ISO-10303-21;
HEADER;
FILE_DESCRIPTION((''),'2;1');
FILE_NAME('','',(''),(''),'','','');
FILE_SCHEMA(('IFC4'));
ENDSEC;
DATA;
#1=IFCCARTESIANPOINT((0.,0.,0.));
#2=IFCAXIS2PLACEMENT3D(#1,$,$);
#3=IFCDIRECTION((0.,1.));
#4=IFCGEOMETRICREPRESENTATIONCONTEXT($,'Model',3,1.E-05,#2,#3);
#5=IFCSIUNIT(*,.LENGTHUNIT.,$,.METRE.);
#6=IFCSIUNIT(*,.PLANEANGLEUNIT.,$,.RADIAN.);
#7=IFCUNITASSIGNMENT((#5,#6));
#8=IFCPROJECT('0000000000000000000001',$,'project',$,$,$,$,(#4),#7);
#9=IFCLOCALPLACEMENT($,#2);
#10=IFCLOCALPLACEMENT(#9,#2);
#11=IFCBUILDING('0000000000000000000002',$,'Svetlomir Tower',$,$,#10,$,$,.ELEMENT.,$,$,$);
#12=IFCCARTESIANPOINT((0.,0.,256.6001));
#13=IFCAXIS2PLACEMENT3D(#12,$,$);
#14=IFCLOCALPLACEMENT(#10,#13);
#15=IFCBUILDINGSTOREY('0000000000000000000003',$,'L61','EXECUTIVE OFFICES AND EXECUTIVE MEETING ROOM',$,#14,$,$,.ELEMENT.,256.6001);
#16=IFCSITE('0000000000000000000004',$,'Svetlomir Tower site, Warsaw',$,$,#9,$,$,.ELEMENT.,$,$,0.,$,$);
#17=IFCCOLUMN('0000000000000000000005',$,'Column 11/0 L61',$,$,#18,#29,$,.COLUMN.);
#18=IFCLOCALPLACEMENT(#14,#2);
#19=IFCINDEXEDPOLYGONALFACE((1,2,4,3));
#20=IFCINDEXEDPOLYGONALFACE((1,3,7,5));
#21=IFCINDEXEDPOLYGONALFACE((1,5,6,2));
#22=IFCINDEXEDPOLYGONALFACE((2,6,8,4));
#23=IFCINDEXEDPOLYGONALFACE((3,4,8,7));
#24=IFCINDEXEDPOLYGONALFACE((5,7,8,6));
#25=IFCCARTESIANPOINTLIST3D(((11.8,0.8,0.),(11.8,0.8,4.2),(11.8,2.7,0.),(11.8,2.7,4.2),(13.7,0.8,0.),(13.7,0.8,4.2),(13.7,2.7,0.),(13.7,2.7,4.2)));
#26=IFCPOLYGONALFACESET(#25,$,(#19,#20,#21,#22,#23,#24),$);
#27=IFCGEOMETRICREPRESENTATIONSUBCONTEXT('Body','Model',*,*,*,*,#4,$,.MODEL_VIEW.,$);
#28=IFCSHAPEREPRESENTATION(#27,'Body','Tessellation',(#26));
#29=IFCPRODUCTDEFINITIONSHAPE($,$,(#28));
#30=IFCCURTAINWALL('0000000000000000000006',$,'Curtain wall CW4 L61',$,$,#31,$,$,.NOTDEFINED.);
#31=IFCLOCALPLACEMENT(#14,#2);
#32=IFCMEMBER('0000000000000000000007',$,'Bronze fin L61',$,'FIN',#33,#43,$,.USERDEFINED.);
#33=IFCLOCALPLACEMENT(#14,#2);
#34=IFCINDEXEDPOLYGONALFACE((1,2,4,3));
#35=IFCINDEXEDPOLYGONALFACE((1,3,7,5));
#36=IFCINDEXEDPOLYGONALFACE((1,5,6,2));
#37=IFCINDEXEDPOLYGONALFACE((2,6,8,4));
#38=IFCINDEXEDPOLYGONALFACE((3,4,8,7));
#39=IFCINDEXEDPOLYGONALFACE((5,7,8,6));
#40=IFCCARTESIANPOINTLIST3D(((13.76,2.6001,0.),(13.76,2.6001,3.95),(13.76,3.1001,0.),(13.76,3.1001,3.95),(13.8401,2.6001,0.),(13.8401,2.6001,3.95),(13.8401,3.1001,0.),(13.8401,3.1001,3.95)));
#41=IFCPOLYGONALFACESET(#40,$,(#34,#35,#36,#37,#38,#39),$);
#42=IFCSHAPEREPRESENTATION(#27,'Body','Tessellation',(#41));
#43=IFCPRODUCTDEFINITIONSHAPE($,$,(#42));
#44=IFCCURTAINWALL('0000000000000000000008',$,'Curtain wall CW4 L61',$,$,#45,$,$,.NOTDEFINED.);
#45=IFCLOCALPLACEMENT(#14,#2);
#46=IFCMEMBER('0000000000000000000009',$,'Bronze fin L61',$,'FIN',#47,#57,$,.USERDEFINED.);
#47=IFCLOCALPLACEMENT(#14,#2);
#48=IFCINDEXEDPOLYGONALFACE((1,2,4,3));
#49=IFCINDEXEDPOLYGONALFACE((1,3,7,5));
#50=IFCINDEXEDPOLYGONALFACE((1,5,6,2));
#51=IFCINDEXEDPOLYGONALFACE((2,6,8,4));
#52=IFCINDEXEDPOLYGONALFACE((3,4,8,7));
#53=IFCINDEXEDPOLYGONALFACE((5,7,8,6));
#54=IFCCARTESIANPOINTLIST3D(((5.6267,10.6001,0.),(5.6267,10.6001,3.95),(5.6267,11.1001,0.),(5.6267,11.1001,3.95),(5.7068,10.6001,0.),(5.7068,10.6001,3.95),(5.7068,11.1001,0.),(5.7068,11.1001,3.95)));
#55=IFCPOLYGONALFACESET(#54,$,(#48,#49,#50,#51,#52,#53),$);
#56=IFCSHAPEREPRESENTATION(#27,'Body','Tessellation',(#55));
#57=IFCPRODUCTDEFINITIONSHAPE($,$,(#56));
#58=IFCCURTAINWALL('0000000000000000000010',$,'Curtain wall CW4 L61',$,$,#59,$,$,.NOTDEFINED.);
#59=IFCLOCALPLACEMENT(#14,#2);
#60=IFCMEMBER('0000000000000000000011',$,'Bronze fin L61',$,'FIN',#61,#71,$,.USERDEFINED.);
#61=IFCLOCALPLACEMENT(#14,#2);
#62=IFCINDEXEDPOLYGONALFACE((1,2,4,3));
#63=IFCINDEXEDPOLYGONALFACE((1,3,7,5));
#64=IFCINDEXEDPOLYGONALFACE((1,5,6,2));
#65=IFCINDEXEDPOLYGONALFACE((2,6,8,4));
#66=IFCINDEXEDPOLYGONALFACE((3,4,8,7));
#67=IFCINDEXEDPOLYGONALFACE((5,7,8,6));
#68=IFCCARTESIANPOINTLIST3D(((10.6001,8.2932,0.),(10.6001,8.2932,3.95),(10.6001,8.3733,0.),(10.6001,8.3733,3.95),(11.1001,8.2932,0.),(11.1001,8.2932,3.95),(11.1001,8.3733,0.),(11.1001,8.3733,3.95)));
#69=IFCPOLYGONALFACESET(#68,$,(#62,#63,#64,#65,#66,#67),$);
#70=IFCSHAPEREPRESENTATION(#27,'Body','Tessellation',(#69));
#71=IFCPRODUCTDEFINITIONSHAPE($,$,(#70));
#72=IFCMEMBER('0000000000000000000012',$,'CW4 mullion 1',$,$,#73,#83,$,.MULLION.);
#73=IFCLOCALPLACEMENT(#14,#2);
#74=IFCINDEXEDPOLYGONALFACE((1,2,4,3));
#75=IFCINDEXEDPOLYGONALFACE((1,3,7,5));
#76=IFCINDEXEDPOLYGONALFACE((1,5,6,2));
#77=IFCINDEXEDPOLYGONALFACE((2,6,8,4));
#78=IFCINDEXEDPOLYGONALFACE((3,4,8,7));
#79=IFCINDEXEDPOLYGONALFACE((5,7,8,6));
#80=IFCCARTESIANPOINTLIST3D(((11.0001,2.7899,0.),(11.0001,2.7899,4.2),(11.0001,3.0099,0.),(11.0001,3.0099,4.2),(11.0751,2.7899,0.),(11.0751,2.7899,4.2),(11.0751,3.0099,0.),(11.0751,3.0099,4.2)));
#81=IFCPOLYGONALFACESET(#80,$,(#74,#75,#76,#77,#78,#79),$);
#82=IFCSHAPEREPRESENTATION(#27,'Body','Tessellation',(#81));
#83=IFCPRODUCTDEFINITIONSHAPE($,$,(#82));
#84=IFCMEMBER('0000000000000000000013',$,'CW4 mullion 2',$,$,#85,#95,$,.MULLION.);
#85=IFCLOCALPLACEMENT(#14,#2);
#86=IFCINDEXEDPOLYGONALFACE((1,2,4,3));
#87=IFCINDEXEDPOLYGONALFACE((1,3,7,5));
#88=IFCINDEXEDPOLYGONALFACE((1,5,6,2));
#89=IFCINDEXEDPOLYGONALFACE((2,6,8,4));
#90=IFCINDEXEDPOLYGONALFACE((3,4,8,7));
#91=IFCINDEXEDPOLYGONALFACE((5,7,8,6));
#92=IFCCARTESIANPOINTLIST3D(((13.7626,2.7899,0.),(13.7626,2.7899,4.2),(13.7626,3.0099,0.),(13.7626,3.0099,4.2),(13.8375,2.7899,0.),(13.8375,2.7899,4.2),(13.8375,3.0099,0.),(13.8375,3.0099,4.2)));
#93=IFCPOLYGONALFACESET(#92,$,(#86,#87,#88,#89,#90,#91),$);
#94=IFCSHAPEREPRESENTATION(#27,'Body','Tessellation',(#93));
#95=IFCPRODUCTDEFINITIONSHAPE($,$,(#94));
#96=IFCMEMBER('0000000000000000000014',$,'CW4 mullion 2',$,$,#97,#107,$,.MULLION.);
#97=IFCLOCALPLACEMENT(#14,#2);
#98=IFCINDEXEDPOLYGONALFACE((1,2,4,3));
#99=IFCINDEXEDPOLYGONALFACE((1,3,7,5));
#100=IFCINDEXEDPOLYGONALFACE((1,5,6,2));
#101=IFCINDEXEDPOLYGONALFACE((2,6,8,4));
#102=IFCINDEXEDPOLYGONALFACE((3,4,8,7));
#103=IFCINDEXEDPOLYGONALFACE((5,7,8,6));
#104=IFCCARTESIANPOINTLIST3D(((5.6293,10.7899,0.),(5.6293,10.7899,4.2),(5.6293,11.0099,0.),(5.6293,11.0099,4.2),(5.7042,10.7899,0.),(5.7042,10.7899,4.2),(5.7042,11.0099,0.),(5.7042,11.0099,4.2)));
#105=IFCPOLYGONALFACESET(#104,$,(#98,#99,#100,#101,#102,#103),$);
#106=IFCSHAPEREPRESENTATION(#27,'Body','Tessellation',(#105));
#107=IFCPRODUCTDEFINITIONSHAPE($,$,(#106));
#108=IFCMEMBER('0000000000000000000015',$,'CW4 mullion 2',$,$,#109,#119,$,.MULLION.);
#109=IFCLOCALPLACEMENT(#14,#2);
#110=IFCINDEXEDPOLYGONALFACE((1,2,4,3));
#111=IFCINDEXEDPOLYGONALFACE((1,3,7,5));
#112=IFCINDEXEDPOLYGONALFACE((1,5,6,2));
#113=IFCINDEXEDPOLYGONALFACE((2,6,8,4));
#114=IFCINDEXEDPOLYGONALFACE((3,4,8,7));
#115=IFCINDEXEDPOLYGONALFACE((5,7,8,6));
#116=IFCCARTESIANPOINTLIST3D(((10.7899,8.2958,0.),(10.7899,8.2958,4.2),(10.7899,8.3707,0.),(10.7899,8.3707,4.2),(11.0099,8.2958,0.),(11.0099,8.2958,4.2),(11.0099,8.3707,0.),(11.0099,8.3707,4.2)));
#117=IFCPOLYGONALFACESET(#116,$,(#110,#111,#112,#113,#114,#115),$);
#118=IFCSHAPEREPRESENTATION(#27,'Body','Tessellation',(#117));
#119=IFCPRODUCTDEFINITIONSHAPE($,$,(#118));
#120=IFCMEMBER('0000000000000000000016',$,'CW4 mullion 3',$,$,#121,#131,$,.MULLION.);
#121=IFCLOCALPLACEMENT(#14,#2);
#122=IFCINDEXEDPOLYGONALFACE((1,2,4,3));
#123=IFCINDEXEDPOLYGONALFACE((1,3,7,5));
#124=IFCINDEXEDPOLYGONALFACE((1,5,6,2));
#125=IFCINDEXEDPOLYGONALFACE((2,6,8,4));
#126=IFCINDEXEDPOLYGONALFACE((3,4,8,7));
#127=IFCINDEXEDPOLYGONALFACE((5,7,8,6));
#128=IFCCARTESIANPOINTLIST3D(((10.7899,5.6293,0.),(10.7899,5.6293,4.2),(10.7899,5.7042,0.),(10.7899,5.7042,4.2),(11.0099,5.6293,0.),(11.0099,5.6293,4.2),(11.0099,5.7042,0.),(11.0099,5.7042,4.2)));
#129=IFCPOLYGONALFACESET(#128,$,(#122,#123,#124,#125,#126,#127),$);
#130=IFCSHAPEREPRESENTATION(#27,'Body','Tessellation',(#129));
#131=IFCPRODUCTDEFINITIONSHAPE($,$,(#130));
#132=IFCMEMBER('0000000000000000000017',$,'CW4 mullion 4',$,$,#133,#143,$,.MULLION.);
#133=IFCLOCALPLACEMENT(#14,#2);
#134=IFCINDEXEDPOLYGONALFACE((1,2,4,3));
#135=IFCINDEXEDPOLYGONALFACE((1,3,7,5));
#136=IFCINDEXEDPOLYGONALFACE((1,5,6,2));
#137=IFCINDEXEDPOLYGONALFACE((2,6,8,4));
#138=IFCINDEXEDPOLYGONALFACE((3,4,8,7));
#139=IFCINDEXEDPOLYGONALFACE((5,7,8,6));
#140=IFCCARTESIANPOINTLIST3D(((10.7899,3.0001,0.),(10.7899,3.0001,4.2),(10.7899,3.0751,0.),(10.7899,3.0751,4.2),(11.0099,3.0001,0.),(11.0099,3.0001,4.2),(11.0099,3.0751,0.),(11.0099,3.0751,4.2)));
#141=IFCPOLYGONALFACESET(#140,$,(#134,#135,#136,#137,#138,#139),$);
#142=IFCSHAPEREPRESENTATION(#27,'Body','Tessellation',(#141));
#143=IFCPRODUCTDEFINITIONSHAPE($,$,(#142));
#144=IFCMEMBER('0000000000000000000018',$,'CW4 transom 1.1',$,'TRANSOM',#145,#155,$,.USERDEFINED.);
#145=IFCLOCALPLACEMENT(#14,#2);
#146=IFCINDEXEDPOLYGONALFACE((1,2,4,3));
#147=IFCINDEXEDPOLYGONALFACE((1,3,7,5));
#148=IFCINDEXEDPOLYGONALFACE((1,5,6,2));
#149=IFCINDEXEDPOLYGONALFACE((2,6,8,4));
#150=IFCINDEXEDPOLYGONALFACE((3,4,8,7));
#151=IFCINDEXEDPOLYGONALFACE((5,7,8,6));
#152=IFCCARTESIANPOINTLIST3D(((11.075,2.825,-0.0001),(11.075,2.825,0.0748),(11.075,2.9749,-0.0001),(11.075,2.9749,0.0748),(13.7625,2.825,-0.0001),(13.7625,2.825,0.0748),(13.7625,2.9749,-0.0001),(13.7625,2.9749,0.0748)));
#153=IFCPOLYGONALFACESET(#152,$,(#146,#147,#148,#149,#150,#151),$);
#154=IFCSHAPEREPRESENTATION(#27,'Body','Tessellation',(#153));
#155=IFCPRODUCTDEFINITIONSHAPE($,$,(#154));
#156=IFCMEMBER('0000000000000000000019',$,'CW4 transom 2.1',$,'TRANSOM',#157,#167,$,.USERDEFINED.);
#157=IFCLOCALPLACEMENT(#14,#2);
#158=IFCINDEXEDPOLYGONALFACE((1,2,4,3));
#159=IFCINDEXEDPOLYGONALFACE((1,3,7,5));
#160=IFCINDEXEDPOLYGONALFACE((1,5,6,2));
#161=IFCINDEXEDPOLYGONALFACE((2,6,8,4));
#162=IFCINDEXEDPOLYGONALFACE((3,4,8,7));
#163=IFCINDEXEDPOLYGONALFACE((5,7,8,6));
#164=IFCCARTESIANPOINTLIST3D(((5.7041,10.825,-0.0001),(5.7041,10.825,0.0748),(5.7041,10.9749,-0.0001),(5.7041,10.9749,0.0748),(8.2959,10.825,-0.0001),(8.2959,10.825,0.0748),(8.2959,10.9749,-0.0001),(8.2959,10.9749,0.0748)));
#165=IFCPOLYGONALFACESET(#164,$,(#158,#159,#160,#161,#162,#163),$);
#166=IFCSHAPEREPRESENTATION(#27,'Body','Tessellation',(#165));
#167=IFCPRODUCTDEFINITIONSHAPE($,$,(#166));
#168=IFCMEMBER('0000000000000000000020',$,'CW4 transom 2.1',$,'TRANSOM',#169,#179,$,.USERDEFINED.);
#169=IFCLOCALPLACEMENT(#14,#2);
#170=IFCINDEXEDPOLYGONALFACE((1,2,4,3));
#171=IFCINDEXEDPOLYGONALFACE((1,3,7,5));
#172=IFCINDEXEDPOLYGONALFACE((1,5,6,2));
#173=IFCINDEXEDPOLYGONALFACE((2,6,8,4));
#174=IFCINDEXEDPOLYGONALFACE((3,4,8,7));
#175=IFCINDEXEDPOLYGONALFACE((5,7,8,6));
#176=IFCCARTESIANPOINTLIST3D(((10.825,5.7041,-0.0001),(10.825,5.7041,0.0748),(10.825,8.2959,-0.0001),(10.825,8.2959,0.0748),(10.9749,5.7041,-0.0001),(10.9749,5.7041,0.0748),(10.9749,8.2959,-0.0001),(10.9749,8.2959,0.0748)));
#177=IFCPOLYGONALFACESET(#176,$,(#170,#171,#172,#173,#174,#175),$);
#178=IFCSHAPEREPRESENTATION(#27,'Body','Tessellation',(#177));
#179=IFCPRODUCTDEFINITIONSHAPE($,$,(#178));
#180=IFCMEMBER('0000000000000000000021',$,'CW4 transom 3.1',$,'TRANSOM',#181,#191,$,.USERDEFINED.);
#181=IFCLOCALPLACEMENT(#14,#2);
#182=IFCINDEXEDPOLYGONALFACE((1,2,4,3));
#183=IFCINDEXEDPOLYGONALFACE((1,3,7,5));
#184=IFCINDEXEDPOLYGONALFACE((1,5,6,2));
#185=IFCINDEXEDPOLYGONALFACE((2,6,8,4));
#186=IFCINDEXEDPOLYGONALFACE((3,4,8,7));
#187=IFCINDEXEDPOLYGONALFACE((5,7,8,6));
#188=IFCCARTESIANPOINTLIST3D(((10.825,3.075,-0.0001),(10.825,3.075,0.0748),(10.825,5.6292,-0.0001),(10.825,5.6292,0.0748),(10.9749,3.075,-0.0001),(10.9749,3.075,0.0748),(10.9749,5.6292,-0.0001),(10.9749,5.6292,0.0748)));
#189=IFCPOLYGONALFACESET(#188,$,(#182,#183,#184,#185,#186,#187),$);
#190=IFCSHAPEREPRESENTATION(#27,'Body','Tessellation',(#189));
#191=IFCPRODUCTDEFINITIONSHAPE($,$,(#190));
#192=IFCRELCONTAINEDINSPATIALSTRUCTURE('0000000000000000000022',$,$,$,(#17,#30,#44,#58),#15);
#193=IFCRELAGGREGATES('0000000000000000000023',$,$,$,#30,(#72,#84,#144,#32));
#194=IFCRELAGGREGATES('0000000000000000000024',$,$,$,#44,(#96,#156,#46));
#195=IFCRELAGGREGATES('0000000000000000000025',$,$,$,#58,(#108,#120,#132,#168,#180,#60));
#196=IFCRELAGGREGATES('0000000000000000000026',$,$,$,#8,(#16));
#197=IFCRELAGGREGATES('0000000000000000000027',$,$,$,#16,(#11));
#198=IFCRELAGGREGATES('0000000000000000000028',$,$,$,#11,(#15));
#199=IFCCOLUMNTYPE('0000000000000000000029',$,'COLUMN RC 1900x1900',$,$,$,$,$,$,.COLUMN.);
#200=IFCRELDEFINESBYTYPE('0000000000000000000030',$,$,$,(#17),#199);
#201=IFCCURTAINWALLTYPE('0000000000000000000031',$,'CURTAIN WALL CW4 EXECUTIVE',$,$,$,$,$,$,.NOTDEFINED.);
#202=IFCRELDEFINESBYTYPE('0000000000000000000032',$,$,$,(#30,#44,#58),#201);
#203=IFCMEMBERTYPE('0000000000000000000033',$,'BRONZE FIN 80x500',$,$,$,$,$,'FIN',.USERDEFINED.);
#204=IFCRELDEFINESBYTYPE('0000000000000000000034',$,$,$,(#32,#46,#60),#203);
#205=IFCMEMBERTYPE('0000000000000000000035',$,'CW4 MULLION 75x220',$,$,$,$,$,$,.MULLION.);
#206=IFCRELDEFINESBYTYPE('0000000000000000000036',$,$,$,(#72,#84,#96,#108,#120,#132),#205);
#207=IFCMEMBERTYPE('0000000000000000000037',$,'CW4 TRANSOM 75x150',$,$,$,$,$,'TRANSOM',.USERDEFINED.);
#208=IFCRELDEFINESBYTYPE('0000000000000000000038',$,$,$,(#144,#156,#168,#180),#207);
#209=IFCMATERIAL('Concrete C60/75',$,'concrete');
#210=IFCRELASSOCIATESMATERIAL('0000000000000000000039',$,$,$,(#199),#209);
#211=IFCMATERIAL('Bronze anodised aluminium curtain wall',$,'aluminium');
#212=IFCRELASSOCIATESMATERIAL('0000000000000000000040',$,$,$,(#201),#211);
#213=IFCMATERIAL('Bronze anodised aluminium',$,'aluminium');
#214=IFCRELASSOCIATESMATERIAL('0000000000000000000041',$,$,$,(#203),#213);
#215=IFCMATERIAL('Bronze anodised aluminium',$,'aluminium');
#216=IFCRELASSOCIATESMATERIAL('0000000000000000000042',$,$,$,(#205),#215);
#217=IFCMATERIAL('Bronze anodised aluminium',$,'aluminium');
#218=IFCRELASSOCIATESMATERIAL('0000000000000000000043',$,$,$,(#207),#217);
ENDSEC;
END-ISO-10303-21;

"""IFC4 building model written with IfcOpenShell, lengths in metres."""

from ifc_helpers import new_model, si_unit, direction, frame, origin, origin_2d, place, context, subcontext, project, spatial, rectangle, extrude, material, material_profile, profile_set, type_object, element, aggregate, save


model = new_model("IFC4")

# Units and contexts
model_context = context("Model", 3, precision=1e-05, world=origin(), true_north=direction((0.0, 1.0)))
body_context = subcontext(model_context, "Body", "Model", "MODEL_VIEW")
ifc_project = project(units=[si_unit("LENGTHUNIT", "METRE"), si_unit("PLANEANGLEUNIT", "RADIAN")], contexts=[model_context])

# Site, building, storey
site_placement = place(None, origin())
site = spatial("IfcSite", under=ifc_project, at=site_placement, Name="Svetlomir Tower site, Warsaw", CompositionType="ELEMENT", RefElevation=0.0)
building_placement = place(site_placement, origin())
building = spatial("IfcBuilding", under=site, at=building_placement, Name="Svetlomir Tower", CompositionType="ELEMENT")
storey_placement = place(building_placement, frame((0.0, 0.0, 256.6001)))
storey = spatial("IfcBuildingStorey", under=building, at=storey_placement, Name="L61", Description="EXECUTIVE OFFICES AND EXECUTIVE MEETING ROOM", CompositionType="ELEMENT", Elevation=256.6001)

# Column
ifc_material_1 = material(Name="Concrete C60/75", Category="concrete")
ifc_material_profile_1 = material_profile(ifc_material_1, rectangle(XDim=1.8999, YDim=1.8999, at=origin_2d()), Name="RC 1900x1900")
ifc_profile_set_1 = profile_set([ifc_material_profile_1], Name="Concrete C60/75")
column_type = type_object("IfcColumnType", Name="COLUMN RC 1900x1900", PredefinedType="COLUMN", material=ifc_profile_set_1)
column_placement = place(storey_placement, frame((12.75, 1.75, 0.0), z_axis=(0.0, 0.0, 1.0), x_axis=(1.0, 0.0, 0.0)))
element("IfcColumn", 1, at=column_placement, inside=storey, type_object=column_type, Name="Column 11/0 L61", PredefinedType="COLUMN", context=body_context, shape_type="SweptSolid", body=[
    extrude(rectangle(XDim=1.8999, YDim=1.8999, at=origin_2d()), origin(), (0.0, 0.0, 1.0), 4.2),
])

# Curtain walls, members
ifc_material_2 = material(Name="Bronze anodised aluminium curtain wall", Category="aluminium")
curtain_wall_type = type_object("IfcCurtainWallType", Name="CURTAIN WALL CW4 EXECUTIVE", PredefinedType="NOTDEFINED", material=ifc_material_2)
curtain_wall_1_placement = place(storey_placement, origin())
curtain_wall_1 = element("IfcCurtainWall", 2, at=curtain_wall_1_placement, inside=storey, type_object=curtain_wall_type, Name="Curtain wall CW4 L61", PredefinedType="NOTDEFINED")
ifc_material_3 = material(Name="Bronze anodised aluminium", Category="aluminium")
ifc_material_profile_2 = material_profile(ifc_material_3, rectangle(XDim=0.0801, YDim=0.5, at=origin_2d()), Name="FIN 80x500")
ifc_profile_set_2 = profile_set([ifc_material_profile_2], Name="Bronze anodised aluminium 6063-T6")
member_type_1 = type_object("IfcMemberType", Name="BRONZE FIN 80x500", ElementType="FIN", PredefinedType="USERDEFINED", material=ifc_profile_set_2)
member_1_placement = place(storey_placement, frame((13.8, 2.8501, 0.0), z_axis=(0.0, 0.0, 1.0), x_axis=(1.0, 0.0, 0.0)))
member_1 = element("IfcMember", 3, at=member_1_placement, type_object=member_type_1, Name="Bronze fin L61", ObjectType="FIN", PredefinedType="USERDEFINED", context=body_context, shape_type="SweptSolid", body=[
    extrude(rectangle(XDim=0.0801, YDim=0.5, at=origin_2d()), origin(), (0.0, 0.0, 1.0), 3.95),
])
curtain_wall_2_placement = place(storey_placement, origin())
curtain_wall_2 = element("IfcCurtainWall", 4, at=curtain_wall_2_placement, inside=storey, type_object=curtain_wall_type, Name="Curtain wall CW4 L61", PredefinedType="NOTDEFINED")
member_2_placement = place(storey_placement, frame((5.6667, 10.8501, 0.0), z_axis=(0.0, 0.0, 1.0), x_axis=(1.0, 0.0, 0.0)))
member_2 = element("IfcMember", 5, at=member_2_placement, type_object=member_type_1, Name="Bronze fin L61", ObjectType="FIN", PredefinedType="USERDEFINED", context=body_context, shape_type="SweptSolid", body=[
    extrude(rectangle(XDim=0.0801, YDim=0.5, at=origin_2d()), origin(), (0.0, 0.0, 1.0), 3.95),
])
curtain_wall_3_placement = place(storey_placement, origin())
curtain_wall_3 = element("IfcCurtainWall", 6, at=curtain_wall_3_placement, inside=storey, type_object=curtain_wall_type, Name="Curtain wall CW4 L61", PredefinedType="NOTDEFINED")
member_3_placement = place(storey_placement, frame((10.8501, 8.3333, 0.0), z_axis=(0.0, 0.0, 1.0), x_axis=(0.0, 1.0, 0.0)))
member_3 = element("IfcMember", 7, at=member_3_placement, type_object=member_type_1, Name="Bronze fin L61", ObjectType="FIN", PredefinedType="USERDEFINED", context=body_context, shape_type="SweptSolid", body=[
    extrude(rectangle(XDim=0.0801, YDim=0.5, at=origin_2d()), origin(), (0.0, 0.0, 1.0), 3.95),
])

# Members
ifc_material_4 = material(Name="Bronze anodised aluminium", Category="aluminium")
ifc_material_profile_3 = material_profile(ifc_material_4, rectangle(XDim=0.075, YDim=0.22, at=origin_2d()), Name="AL 75x220")
ifc_profile_set_3 = profile_set([ifc_material_profile_3], Name="Bronze anodised aluminium 6063-T6")
member_type_2 = type_object("IfcMemberType", Name="CW4 MULLION 75x220", PredefinedType="MULLION", material=ifc_profile_set_3)
member_4_placement = place(storey_placement, frame((11.0376, 2.8999, 0.0), z_axis=(0.0, 0.0, 1.0), x_axis=(1.0, 0.0, 0.0)))
member_4 = element("IfcMember", 8, at=member_4_placement, type_object=member_type_2, Name="CW4 mullion 1", PredefinedType="MULLION", context=body_context, shape_type="SweptSolid", body=[
    extrude(rectangle(XDim=0.075, YDim=0.22, at=origin_2d()), origin(), (0.0, 0.0, 1.0), 4.2),
])
member_5_placement = place(storey_placement, frame((13.8, 2.8999, 0.0), z_axis=(0.0, 0.0, 1.0), x_axis=(1.0, 0.0, 0.0)))
member_5 = element("IfcMember", 9, at=member_5_placement, type_object=member_type_2, Name="CW4 mullion 2", PredefinedType="MULLION", context=body_context, shape_type="SweptSolid", body=[
    extrude(rectangle(XDim=0.075, YDim=0.22, at=origin_2d()), origin(), (0.0, 0.0, 1.0), 4.2),
])
member_6_placement = place(storey_placement, frame((5.6667, 10.8999, 0.0), z_axis=(0.0, 0.0, 1.0), x_axis=(1.0, 0.0, 0.0)))
member_6 = element("IfcMember", 10, at=member_6_placement, type_object=member_type_2, Name="CW4 mullion 2", PredefinedType="MULLION", context=body_context, shape_type="SweptSolid", body=[
    extrude(rectangle(XDim=0.075, YDim=0.22, at=origin_2d()), origin(), (0.0, 0.0, 1.0), 4.2),
])
member_7_placement = place(storey_placement, frame((10.8999, 8.3333, 0.0), z_axis=(0.0, 0.0, 1.0), x_axis=(0.0, -1.0, 0.0)))
member_7 = element("IfcMember", 11, at=member_7_placement, type_object=member_type_2, Name="CW4 mullion 2", PredefinedType="MULLION", context=body_context, shape_type="SweptSolid", body=[
    extrude(rectangle(XDim=0.075, YDim=0.22, at=origin_2d()), origin(), (0.0, 0.0, 1.0), 4.2),
])
member_8_placement = place(storey_placement, frame((10.8999, 5.6667, 0.0), z_axis=(0.0, 0.0, 1.0), x_axis=(0.0, -1.0, 0.0)))
member_8 = element("IfcMember", 12, at=member_8_placement, type_object=member_type_2, Name="CW4 mullion 3", PredefinedType="MULLION", context=body_context, shape_type="SweptSolid", body=[
    extrude(rectangle(XDim=0.075, YDim=0.22, at=origin_2d()), origin(), (0.0, 0.0, 1.0), 4.2),
])
member_9_placement = place(storey_placement, frame((10.8999, 3.0376, 0.0), z_axis=(0.0, 0.0, 1.0), x_axis=(0.0, -1.0, 0.0)))
member_9 = element("IfcMember", 13, at=member_9_placement, type_object=member_type_2, Name="CW4 mullion 4", PredefinedType="MULLION", context=body_context, shape_type="SweptSolid", body=[
    extrude(rectangle(XDim=0.075, YDim=0.22, at=origin_2d()), origin(), (0.0, 0.0, 1.0), 4.2),
])
ifc_material_5 = material(Name="Bronze anodised aluminium", Category="aluminium")
ifc_material_profile_4 = material_profile(ifc_material_5, rectangle(XDim=0.1499, YDim=0.075, at=origin_2d()), Name="AL 150x75")
ifc_profile_set_4 = profile_set([ifc_material_profile_4], Name="Bronze anodised aluminium 6063-T6")
member_type_3 = type_object("IfcMemberType", Name="CW4 TRANSOM 75x150", ElementType="TRANSOM", PredefinedType="USERDEFINED", material=ifc_profile_set_4)
member_10_placement = place(storey_placement, frame((11.075, 2.8999, 0.0374), z_axis=(1.0, 0.0, 0.0), x_axis=(0.0, 1.0, 0.0)))
member_10 = element("IfcMember", 14, at=member_10_placement, type_object=member_type_3, Name="CW4 transom 1.1", ObjectType="TRANSOM", PredefinedType="USERDEFINED", context=body_context, shape_type="SweptSolid", body=[
    extrude(rectangle(XDim=0.1499, YDim=0.075, at=origin_2d()), origin(), (0.0, 0.0, 1.0), 2.6875),
])
member_11_placement = place(storey_placement, frame((5.7041, 10.8999, 0.0374), z_axis=(1.0, 0.0, 0.0), x_axis=(0.0, 1.0, 0.0)))
member_11 = element("IfcMember", 15, at=member_11_placement, type_object=member_type_3, Name="CW4 transom 2.1", ObjectType="TRANSOM", PredefinedType="USERDEFINED", context=body_context, shape_type="SweptSolid", body=[
    extrude(rectangle(XDim=0.1499, YDim=0.075, at=origin_2d()), origin(), (0.0, 0.0, 1.0), 2.5918),
])
member_12_placement = place(storey_placement, frame((10.8999, 8.2959, 0.0374), z_axis=(0.0, -1.0, 0.0), x_axis=(1.0, 0.0, 0.0)))
member_12 = element("IfcMember", 16, at=member_12_placement, type_object=member_type_3, Name="CW4 transom 2.1", ObjectType="TRANSOM", PredefinedType="USERDEFINED", context=body_context, shape_type="SweptSolid", body=[
    extrude(rectangle(XDim=0.1499, YDim=0.075, at=origin_2d()), origin(), (0.0, 0.0, 1.0), 2.5918),
])
member_13_placement = place(storey_placement, frame((10.8999, 5.6292, 0.0374), z_axis=(0.0, -1.0, 0.0), x_axis=(1.0, 0.0, 0.0)))
member_13 = element("IfcMember", 17, at=member_13_placement, type_object=member_type_3, Name="CW4 transom 3.1", ObjectType="TRANSOM", PredefinedType="USERDEFINED", context=body_context, shape_type="SweptSolid", body=[
    extrude(rectangle(XDim=0.1499, YDim=0.075, at=origin_2d()), origin(), (0.0, 0.0, 1.0), 2.5542),
])

aggregate(curtain_wall_1, [member_4, member_5, member_10, member_1])
aggregate(curtain_wall_2, [member_6, member_11, member_2])
aggregate(curtain_wall_3, [member_7, member_8, member_9, member_12, member_13, member_3])

save(model, "model.ifc")
